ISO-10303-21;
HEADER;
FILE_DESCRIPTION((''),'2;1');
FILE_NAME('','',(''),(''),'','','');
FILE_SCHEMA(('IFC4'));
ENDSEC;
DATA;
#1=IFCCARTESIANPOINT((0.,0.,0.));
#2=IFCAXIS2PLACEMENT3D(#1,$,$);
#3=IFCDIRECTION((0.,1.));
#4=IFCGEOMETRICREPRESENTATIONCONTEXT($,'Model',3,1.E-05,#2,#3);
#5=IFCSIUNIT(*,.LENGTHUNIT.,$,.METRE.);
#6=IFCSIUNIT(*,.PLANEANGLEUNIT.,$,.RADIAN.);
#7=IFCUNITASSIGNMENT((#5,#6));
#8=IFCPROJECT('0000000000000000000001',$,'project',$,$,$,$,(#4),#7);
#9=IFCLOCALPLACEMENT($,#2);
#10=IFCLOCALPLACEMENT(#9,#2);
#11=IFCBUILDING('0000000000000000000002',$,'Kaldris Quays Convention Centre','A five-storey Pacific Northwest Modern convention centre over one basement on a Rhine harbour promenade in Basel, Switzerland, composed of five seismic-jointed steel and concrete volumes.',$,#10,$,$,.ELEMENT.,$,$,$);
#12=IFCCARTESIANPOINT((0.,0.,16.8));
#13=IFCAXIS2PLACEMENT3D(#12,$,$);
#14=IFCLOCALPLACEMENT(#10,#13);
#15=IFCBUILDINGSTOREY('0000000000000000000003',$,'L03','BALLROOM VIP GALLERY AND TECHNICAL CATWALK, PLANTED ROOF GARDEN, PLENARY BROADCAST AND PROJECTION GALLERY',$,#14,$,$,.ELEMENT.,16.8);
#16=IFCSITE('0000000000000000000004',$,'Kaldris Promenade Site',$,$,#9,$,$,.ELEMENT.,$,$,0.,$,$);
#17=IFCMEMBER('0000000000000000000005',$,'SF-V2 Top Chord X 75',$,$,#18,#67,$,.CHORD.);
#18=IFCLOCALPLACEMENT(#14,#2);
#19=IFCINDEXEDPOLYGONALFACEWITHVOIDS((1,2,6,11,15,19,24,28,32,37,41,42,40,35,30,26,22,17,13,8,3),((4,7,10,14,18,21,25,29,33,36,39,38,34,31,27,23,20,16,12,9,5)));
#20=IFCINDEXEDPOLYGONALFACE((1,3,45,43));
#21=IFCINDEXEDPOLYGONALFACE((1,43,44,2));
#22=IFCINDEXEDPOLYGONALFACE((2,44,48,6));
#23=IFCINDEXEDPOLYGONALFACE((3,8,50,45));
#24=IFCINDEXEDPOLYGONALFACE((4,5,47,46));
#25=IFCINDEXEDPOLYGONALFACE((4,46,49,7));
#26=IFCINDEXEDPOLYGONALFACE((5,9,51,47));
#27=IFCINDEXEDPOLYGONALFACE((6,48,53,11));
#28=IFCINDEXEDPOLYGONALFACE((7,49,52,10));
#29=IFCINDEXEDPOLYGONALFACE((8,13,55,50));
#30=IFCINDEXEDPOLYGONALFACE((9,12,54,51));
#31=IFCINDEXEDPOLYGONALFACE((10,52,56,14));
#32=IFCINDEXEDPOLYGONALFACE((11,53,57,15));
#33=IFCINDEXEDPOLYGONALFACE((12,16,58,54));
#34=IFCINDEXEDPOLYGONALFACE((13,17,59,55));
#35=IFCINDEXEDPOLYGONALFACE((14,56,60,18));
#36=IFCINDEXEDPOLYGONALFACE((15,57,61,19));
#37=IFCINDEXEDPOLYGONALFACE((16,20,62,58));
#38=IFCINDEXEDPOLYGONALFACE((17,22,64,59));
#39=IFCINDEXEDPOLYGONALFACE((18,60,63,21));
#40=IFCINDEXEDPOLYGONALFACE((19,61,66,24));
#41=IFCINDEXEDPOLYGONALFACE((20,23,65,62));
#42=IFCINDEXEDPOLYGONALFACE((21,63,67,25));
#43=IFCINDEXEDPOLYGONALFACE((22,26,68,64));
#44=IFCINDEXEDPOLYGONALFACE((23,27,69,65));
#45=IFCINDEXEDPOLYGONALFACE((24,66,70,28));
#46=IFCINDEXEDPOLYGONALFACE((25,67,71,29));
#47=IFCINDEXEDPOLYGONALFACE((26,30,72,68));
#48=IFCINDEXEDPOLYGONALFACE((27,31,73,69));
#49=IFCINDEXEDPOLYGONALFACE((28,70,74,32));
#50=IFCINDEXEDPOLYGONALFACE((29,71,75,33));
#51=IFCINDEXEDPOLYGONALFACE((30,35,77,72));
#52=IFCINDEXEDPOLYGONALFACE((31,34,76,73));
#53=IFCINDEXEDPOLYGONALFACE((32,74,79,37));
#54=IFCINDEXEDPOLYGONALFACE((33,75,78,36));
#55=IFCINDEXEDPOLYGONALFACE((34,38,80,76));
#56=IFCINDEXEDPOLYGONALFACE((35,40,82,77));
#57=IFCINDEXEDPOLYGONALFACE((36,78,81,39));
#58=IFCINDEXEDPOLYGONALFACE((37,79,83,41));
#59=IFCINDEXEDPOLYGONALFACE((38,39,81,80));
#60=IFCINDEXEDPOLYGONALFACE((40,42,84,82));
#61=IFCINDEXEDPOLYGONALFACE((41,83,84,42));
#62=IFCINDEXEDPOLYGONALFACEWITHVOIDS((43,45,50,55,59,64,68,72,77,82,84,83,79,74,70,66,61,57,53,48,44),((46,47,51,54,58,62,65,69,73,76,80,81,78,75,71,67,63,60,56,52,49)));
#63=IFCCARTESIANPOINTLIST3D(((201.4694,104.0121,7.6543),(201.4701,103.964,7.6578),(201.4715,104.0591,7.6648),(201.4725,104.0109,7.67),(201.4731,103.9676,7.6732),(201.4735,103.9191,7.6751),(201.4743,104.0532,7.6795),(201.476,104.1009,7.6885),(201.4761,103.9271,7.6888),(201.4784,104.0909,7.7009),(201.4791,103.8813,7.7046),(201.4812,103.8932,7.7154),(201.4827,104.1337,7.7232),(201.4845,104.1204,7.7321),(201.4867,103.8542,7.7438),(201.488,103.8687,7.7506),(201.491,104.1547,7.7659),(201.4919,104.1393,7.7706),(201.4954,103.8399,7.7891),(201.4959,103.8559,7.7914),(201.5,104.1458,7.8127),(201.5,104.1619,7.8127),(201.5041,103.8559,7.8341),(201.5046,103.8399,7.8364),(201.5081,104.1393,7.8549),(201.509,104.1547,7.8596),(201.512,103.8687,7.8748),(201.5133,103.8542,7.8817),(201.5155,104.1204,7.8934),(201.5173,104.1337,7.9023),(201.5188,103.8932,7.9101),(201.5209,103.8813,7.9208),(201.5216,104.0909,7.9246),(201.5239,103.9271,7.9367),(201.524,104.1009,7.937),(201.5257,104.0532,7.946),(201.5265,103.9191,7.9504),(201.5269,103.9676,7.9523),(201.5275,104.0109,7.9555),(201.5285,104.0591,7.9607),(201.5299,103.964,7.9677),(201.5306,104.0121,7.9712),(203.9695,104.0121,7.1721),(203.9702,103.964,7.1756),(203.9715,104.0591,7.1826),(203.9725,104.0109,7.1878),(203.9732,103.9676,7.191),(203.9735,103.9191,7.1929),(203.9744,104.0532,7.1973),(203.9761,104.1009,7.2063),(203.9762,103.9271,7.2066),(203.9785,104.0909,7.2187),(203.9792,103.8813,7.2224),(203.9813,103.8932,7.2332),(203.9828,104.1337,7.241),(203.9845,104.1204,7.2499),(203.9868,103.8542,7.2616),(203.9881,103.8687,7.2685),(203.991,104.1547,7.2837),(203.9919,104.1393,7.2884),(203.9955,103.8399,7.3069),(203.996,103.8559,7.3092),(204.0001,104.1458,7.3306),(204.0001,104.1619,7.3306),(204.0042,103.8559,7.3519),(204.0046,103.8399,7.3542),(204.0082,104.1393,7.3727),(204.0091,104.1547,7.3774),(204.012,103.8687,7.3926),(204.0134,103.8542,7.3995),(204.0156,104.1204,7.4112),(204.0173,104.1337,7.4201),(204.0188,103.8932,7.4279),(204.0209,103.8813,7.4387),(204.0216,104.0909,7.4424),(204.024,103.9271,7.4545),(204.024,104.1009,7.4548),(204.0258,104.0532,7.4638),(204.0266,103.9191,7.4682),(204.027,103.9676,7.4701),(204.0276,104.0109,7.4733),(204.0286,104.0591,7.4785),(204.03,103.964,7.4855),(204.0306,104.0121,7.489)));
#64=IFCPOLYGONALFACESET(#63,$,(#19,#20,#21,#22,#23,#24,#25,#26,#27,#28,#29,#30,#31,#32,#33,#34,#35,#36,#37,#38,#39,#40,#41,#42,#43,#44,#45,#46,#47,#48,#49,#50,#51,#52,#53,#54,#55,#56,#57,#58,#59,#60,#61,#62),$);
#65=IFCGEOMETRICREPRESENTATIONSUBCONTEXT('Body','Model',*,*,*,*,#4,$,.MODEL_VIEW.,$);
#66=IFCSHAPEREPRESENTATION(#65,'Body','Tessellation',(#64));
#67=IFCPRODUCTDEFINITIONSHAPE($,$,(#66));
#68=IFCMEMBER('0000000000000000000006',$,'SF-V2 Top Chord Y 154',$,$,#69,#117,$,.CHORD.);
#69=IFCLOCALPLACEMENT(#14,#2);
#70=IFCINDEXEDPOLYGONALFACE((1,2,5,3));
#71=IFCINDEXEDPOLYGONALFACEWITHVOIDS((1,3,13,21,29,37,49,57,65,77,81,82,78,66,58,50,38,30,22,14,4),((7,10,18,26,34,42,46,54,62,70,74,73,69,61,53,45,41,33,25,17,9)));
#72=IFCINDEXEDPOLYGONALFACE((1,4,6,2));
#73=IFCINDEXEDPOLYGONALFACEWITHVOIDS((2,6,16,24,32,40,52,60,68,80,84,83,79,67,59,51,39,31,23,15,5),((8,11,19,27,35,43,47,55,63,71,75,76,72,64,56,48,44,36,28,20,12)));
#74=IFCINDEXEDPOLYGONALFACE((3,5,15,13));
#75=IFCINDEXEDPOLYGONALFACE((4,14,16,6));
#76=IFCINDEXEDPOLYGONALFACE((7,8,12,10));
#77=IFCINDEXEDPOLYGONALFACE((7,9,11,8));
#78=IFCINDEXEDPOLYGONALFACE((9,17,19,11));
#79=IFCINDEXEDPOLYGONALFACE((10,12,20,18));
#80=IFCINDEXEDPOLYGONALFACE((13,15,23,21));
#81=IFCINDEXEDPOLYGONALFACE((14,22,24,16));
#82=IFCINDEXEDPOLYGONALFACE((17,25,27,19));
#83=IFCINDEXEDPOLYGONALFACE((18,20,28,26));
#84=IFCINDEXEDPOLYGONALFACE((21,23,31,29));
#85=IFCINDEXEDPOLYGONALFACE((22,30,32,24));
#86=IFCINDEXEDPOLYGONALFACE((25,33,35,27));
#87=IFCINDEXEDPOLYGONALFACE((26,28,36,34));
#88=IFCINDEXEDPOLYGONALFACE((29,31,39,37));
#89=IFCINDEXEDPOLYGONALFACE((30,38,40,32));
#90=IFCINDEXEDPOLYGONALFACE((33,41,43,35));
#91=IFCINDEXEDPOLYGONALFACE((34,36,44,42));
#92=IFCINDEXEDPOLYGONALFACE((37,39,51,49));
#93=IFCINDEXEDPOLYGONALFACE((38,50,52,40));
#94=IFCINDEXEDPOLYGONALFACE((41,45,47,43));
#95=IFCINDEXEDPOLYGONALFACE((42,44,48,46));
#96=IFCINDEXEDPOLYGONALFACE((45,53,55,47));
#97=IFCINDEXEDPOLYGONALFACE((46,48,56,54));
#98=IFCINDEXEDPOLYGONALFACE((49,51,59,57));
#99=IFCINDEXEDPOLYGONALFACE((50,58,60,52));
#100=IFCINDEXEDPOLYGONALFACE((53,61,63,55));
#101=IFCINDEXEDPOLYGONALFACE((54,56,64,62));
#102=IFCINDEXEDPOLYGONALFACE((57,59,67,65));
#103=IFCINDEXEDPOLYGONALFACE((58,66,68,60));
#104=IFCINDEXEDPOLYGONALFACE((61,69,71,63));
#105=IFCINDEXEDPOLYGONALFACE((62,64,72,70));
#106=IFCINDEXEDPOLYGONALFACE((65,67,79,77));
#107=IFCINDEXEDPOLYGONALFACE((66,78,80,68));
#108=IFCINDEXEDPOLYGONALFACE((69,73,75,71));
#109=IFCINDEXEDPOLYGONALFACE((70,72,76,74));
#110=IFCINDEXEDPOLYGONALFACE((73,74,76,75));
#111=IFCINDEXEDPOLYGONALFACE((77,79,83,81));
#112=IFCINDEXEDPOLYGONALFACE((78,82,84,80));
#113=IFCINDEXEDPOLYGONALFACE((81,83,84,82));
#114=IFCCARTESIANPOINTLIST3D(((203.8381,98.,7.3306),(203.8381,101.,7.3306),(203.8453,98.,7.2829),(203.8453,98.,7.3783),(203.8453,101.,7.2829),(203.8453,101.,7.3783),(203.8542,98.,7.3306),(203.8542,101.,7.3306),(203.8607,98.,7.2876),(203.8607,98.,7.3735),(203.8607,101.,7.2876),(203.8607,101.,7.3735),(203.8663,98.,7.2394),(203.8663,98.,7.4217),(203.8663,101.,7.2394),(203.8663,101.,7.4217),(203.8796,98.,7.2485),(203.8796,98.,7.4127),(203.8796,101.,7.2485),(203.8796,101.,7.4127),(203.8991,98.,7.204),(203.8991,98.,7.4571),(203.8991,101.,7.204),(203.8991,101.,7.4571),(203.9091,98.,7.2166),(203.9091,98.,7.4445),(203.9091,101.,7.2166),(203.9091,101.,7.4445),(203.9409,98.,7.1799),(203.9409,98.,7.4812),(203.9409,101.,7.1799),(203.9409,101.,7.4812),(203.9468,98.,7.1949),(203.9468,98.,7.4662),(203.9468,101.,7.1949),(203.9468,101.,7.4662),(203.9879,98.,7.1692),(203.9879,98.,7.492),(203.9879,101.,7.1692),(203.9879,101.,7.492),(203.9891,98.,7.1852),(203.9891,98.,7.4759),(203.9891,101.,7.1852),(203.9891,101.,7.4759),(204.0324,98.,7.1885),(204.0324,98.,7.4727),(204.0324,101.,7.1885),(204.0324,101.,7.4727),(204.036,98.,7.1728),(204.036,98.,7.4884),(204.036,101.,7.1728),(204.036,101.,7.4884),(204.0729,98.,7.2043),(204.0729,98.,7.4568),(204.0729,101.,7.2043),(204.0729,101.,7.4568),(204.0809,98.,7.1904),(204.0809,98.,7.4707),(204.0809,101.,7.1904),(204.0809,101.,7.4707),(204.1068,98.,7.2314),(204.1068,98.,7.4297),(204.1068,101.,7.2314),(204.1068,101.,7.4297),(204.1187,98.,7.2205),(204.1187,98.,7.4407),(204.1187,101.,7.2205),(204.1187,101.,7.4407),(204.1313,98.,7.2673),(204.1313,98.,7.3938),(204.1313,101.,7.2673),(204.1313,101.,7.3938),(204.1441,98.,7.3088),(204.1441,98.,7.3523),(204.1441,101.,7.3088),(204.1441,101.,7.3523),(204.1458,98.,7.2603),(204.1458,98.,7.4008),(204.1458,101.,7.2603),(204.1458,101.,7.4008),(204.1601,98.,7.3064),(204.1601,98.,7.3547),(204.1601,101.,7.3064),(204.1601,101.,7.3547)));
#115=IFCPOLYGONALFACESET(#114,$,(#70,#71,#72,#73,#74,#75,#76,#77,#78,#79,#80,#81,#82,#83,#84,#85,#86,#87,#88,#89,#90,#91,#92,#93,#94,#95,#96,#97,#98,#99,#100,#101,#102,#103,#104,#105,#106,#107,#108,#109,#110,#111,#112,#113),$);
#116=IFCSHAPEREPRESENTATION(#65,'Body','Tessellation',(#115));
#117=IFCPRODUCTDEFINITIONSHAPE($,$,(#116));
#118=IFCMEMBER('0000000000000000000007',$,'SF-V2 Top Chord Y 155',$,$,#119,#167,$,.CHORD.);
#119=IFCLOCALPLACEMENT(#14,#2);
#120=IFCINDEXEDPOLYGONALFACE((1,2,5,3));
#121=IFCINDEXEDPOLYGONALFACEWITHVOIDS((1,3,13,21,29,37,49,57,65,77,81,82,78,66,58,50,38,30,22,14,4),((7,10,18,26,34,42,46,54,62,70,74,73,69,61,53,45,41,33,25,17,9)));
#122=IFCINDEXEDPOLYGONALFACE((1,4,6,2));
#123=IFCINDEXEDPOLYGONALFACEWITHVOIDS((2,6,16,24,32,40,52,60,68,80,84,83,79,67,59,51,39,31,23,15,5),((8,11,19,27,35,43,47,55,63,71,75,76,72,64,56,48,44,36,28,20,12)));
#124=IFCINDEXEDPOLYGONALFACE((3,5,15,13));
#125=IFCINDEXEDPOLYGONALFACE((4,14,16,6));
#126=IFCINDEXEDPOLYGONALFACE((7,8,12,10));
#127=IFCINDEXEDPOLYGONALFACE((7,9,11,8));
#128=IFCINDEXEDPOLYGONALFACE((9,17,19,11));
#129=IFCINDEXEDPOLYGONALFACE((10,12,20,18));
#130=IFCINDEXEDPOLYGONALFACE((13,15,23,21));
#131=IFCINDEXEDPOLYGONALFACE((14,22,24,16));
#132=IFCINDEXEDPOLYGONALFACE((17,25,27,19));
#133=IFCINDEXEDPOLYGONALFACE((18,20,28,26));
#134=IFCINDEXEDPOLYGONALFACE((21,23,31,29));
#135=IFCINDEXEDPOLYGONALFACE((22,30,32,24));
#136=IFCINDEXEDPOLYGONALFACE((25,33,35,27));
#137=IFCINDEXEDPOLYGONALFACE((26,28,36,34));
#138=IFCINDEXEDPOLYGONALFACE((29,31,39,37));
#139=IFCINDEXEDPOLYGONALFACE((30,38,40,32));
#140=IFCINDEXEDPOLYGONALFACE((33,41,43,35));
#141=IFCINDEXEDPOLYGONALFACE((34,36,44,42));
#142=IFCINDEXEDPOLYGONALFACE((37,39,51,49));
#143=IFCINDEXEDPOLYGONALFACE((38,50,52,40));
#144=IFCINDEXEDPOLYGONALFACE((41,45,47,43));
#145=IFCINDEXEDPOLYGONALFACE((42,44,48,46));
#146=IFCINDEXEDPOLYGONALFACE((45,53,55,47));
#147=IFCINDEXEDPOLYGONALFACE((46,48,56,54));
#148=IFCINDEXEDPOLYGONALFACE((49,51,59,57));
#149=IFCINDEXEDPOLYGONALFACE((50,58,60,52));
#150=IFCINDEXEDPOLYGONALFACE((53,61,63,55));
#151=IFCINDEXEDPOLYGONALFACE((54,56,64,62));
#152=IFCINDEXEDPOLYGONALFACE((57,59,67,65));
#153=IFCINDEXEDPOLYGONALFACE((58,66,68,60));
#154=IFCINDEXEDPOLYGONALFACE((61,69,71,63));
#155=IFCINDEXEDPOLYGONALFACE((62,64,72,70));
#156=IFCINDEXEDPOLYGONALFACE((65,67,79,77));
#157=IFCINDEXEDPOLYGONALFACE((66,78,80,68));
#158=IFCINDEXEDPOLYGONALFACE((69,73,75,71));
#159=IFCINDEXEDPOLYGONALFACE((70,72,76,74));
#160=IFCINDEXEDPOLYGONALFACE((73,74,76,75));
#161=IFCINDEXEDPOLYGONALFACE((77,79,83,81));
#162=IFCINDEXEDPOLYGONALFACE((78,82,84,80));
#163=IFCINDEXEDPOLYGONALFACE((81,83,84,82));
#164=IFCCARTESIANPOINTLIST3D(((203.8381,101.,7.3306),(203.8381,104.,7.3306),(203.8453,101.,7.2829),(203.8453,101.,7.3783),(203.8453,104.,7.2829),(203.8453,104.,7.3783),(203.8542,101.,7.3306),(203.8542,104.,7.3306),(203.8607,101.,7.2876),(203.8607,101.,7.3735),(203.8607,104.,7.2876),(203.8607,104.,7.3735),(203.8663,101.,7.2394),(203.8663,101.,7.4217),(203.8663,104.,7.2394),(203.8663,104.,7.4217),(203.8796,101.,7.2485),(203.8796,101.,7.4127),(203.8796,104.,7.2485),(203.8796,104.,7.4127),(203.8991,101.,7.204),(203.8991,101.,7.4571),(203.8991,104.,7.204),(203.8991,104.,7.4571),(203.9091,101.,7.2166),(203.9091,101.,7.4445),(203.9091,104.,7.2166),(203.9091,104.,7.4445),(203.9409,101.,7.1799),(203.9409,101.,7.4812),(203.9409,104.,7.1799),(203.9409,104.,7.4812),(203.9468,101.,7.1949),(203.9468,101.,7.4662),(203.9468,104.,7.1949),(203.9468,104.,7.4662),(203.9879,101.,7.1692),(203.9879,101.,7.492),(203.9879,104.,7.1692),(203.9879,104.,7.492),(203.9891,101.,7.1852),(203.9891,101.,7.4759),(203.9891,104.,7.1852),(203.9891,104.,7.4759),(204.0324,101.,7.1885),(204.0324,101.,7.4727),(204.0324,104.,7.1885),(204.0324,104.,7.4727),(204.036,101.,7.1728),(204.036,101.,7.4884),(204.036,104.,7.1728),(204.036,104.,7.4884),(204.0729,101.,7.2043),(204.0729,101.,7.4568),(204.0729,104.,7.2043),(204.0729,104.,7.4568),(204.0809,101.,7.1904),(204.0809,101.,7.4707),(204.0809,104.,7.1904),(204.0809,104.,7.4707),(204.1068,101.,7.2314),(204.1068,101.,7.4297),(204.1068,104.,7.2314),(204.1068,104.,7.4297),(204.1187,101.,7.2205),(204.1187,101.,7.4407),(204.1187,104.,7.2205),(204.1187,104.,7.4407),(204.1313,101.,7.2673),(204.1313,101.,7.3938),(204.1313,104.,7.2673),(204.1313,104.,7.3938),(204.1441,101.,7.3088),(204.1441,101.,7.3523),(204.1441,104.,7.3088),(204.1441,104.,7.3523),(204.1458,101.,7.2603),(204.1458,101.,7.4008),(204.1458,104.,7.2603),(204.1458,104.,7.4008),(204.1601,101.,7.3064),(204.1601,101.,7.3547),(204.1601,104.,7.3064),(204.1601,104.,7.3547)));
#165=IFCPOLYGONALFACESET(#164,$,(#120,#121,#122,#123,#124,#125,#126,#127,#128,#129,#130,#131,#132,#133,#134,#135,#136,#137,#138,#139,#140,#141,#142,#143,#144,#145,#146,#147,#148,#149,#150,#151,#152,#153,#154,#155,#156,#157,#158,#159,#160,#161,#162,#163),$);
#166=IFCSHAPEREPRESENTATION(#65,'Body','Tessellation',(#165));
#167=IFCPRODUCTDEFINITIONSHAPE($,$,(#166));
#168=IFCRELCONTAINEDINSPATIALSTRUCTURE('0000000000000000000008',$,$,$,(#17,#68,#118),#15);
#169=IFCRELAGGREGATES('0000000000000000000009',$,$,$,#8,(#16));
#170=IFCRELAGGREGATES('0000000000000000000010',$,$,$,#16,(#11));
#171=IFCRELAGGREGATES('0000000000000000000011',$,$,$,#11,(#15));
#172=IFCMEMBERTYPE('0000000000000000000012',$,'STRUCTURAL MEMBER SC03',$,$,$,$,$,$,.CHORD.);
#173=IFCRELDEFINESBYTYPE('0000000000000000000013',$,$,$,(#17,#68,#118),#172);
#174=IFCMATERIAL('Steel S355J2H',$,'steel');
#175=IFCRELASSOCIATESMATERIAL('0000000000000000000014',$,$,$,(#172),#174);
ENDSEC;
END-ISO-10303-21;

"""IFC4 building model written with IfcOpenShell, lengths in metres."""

from ifc_helpers import new_model, si_unit, direction, frame, origin, origin_2d, place, context, subcontext, project, spatial, hollow_circle, extrude, material, material_profile, profile_set, type_object, element, save


model = new_model("IFC4")

# Units and contexts
model_context = context("Model", 3, precision=1e-05, world=origin(), true_north=direction((0.0, 1.0)))
body_context = subcontext(model_context, "Body", "Model", "MODEL_VIEW")
ifc_project = project(units=[si_unit("LENGTHUNIT", "METRE"), si_unit("PLANEANGLEUNIT", "RADIAN")], contexts=[model_context])

# Site, building, storey
site_placement = place(None, origin())
site = spatial("IfcSite", under=ifc_project, at=site_placement, Name="Kaldris Promenade Site", CompositionType="ELEMENT", RefElevation=0.0)
building_placement = place(site_placement, origin())
building = spatial("IfcBuilding", under=site, at=building_placement, Name="Kaldris Quays Convention Centre", Description="A five-storey Pacific Northwest Modern convention centre over one basement on a Rhine harbour promenade in Basel, Switzerland, composed of five seismic-jointed steel and concrete volumes.", CompositionType="ELEMENT")
storey_placement = place(building_placement, frame((0.0, 0.0, 16.8)))
storey = spatial("IfcBuildingStorey", under=building, at=storey_placement, Name="L03", Description="BALLROOM VIP GALLERY AND TECHNICAL CATWALK, PLANTED ROOF GARDEN, PLENARY BROADCAST AND PROJECTION GALLERY", CompositionType="ELEMENT", Elevation=16.8)

# Members
ifc_material_1 = material(Name="Steel S355J2H", Category="steel")
ifc_material_profile_1 = material_profile(ifc_material_1, hollow_circle(Radius=0.1619, WallThickness=0.0161, at=origin_2d()), Name="CHS 323.9x16")
ifc_profile_set_1 = profile_set([ifc_material_profile_1], Name="Steel S355J2H")
member_type_1 = type_object("IfcMemberType", Name="STRUCTURAL MEMBER SC03", PredefinedType="CHORD", material=ifc_profile_set_1)
for number, where, z_axis, x_axis, name in (
    (1, (201.5, 104.0, 7.8127), (0.981904, 0.0, -0.189381), (0.0, 1.0, 0.0), "SF-V2 Top Chord X 75"),
):
    element("IfcMember", number, at=place(storey_placement, frame(where, z_axis=z_axis, x_axis=x_axis)), inside=storey, type_object=member_type_1, Name=name, PredefinedType="CHORD", context=body_context, shape_type="SweptSolid", body=[
        extrude(hollow_circle(Radius=0.1619, WallThickness=0.0161, at=origin_2d()), origin(), (0.0, 0.0, 1.0), 2.5461),
    ])
for number, where, z_axis, x_axis, name in (
    (2, (204.0, 98.0, 7.3306), (0.0, 1.0, 0.0), (-1.0, 0.0, 0.0), "SF-V2 Top Chord Y 154"),
    (3, (204.0, 101.0, 7.3306), (0.0, 1.0, 0.0), (-1.0, 0.0, 0.0), "SF-V2 Top Chord Y 155"),
):
    element("IfcMember", number, at=place(storey_placement, frame(where, z_axis=z_axis, x_axis=x_axis)), inside=storey, type_object=member_type_1, Name=name, PredefinedType="CHORD", context=body_context, shape_type="SweptSolid", body=[
        extrude(hollow_circle(Radius=0.1619, WallThickness=0.0161, at=origin_2d()), origin(), (0.0, 0.0, 1.0), 3.0),
    ])

save(model, "model.ifc")
